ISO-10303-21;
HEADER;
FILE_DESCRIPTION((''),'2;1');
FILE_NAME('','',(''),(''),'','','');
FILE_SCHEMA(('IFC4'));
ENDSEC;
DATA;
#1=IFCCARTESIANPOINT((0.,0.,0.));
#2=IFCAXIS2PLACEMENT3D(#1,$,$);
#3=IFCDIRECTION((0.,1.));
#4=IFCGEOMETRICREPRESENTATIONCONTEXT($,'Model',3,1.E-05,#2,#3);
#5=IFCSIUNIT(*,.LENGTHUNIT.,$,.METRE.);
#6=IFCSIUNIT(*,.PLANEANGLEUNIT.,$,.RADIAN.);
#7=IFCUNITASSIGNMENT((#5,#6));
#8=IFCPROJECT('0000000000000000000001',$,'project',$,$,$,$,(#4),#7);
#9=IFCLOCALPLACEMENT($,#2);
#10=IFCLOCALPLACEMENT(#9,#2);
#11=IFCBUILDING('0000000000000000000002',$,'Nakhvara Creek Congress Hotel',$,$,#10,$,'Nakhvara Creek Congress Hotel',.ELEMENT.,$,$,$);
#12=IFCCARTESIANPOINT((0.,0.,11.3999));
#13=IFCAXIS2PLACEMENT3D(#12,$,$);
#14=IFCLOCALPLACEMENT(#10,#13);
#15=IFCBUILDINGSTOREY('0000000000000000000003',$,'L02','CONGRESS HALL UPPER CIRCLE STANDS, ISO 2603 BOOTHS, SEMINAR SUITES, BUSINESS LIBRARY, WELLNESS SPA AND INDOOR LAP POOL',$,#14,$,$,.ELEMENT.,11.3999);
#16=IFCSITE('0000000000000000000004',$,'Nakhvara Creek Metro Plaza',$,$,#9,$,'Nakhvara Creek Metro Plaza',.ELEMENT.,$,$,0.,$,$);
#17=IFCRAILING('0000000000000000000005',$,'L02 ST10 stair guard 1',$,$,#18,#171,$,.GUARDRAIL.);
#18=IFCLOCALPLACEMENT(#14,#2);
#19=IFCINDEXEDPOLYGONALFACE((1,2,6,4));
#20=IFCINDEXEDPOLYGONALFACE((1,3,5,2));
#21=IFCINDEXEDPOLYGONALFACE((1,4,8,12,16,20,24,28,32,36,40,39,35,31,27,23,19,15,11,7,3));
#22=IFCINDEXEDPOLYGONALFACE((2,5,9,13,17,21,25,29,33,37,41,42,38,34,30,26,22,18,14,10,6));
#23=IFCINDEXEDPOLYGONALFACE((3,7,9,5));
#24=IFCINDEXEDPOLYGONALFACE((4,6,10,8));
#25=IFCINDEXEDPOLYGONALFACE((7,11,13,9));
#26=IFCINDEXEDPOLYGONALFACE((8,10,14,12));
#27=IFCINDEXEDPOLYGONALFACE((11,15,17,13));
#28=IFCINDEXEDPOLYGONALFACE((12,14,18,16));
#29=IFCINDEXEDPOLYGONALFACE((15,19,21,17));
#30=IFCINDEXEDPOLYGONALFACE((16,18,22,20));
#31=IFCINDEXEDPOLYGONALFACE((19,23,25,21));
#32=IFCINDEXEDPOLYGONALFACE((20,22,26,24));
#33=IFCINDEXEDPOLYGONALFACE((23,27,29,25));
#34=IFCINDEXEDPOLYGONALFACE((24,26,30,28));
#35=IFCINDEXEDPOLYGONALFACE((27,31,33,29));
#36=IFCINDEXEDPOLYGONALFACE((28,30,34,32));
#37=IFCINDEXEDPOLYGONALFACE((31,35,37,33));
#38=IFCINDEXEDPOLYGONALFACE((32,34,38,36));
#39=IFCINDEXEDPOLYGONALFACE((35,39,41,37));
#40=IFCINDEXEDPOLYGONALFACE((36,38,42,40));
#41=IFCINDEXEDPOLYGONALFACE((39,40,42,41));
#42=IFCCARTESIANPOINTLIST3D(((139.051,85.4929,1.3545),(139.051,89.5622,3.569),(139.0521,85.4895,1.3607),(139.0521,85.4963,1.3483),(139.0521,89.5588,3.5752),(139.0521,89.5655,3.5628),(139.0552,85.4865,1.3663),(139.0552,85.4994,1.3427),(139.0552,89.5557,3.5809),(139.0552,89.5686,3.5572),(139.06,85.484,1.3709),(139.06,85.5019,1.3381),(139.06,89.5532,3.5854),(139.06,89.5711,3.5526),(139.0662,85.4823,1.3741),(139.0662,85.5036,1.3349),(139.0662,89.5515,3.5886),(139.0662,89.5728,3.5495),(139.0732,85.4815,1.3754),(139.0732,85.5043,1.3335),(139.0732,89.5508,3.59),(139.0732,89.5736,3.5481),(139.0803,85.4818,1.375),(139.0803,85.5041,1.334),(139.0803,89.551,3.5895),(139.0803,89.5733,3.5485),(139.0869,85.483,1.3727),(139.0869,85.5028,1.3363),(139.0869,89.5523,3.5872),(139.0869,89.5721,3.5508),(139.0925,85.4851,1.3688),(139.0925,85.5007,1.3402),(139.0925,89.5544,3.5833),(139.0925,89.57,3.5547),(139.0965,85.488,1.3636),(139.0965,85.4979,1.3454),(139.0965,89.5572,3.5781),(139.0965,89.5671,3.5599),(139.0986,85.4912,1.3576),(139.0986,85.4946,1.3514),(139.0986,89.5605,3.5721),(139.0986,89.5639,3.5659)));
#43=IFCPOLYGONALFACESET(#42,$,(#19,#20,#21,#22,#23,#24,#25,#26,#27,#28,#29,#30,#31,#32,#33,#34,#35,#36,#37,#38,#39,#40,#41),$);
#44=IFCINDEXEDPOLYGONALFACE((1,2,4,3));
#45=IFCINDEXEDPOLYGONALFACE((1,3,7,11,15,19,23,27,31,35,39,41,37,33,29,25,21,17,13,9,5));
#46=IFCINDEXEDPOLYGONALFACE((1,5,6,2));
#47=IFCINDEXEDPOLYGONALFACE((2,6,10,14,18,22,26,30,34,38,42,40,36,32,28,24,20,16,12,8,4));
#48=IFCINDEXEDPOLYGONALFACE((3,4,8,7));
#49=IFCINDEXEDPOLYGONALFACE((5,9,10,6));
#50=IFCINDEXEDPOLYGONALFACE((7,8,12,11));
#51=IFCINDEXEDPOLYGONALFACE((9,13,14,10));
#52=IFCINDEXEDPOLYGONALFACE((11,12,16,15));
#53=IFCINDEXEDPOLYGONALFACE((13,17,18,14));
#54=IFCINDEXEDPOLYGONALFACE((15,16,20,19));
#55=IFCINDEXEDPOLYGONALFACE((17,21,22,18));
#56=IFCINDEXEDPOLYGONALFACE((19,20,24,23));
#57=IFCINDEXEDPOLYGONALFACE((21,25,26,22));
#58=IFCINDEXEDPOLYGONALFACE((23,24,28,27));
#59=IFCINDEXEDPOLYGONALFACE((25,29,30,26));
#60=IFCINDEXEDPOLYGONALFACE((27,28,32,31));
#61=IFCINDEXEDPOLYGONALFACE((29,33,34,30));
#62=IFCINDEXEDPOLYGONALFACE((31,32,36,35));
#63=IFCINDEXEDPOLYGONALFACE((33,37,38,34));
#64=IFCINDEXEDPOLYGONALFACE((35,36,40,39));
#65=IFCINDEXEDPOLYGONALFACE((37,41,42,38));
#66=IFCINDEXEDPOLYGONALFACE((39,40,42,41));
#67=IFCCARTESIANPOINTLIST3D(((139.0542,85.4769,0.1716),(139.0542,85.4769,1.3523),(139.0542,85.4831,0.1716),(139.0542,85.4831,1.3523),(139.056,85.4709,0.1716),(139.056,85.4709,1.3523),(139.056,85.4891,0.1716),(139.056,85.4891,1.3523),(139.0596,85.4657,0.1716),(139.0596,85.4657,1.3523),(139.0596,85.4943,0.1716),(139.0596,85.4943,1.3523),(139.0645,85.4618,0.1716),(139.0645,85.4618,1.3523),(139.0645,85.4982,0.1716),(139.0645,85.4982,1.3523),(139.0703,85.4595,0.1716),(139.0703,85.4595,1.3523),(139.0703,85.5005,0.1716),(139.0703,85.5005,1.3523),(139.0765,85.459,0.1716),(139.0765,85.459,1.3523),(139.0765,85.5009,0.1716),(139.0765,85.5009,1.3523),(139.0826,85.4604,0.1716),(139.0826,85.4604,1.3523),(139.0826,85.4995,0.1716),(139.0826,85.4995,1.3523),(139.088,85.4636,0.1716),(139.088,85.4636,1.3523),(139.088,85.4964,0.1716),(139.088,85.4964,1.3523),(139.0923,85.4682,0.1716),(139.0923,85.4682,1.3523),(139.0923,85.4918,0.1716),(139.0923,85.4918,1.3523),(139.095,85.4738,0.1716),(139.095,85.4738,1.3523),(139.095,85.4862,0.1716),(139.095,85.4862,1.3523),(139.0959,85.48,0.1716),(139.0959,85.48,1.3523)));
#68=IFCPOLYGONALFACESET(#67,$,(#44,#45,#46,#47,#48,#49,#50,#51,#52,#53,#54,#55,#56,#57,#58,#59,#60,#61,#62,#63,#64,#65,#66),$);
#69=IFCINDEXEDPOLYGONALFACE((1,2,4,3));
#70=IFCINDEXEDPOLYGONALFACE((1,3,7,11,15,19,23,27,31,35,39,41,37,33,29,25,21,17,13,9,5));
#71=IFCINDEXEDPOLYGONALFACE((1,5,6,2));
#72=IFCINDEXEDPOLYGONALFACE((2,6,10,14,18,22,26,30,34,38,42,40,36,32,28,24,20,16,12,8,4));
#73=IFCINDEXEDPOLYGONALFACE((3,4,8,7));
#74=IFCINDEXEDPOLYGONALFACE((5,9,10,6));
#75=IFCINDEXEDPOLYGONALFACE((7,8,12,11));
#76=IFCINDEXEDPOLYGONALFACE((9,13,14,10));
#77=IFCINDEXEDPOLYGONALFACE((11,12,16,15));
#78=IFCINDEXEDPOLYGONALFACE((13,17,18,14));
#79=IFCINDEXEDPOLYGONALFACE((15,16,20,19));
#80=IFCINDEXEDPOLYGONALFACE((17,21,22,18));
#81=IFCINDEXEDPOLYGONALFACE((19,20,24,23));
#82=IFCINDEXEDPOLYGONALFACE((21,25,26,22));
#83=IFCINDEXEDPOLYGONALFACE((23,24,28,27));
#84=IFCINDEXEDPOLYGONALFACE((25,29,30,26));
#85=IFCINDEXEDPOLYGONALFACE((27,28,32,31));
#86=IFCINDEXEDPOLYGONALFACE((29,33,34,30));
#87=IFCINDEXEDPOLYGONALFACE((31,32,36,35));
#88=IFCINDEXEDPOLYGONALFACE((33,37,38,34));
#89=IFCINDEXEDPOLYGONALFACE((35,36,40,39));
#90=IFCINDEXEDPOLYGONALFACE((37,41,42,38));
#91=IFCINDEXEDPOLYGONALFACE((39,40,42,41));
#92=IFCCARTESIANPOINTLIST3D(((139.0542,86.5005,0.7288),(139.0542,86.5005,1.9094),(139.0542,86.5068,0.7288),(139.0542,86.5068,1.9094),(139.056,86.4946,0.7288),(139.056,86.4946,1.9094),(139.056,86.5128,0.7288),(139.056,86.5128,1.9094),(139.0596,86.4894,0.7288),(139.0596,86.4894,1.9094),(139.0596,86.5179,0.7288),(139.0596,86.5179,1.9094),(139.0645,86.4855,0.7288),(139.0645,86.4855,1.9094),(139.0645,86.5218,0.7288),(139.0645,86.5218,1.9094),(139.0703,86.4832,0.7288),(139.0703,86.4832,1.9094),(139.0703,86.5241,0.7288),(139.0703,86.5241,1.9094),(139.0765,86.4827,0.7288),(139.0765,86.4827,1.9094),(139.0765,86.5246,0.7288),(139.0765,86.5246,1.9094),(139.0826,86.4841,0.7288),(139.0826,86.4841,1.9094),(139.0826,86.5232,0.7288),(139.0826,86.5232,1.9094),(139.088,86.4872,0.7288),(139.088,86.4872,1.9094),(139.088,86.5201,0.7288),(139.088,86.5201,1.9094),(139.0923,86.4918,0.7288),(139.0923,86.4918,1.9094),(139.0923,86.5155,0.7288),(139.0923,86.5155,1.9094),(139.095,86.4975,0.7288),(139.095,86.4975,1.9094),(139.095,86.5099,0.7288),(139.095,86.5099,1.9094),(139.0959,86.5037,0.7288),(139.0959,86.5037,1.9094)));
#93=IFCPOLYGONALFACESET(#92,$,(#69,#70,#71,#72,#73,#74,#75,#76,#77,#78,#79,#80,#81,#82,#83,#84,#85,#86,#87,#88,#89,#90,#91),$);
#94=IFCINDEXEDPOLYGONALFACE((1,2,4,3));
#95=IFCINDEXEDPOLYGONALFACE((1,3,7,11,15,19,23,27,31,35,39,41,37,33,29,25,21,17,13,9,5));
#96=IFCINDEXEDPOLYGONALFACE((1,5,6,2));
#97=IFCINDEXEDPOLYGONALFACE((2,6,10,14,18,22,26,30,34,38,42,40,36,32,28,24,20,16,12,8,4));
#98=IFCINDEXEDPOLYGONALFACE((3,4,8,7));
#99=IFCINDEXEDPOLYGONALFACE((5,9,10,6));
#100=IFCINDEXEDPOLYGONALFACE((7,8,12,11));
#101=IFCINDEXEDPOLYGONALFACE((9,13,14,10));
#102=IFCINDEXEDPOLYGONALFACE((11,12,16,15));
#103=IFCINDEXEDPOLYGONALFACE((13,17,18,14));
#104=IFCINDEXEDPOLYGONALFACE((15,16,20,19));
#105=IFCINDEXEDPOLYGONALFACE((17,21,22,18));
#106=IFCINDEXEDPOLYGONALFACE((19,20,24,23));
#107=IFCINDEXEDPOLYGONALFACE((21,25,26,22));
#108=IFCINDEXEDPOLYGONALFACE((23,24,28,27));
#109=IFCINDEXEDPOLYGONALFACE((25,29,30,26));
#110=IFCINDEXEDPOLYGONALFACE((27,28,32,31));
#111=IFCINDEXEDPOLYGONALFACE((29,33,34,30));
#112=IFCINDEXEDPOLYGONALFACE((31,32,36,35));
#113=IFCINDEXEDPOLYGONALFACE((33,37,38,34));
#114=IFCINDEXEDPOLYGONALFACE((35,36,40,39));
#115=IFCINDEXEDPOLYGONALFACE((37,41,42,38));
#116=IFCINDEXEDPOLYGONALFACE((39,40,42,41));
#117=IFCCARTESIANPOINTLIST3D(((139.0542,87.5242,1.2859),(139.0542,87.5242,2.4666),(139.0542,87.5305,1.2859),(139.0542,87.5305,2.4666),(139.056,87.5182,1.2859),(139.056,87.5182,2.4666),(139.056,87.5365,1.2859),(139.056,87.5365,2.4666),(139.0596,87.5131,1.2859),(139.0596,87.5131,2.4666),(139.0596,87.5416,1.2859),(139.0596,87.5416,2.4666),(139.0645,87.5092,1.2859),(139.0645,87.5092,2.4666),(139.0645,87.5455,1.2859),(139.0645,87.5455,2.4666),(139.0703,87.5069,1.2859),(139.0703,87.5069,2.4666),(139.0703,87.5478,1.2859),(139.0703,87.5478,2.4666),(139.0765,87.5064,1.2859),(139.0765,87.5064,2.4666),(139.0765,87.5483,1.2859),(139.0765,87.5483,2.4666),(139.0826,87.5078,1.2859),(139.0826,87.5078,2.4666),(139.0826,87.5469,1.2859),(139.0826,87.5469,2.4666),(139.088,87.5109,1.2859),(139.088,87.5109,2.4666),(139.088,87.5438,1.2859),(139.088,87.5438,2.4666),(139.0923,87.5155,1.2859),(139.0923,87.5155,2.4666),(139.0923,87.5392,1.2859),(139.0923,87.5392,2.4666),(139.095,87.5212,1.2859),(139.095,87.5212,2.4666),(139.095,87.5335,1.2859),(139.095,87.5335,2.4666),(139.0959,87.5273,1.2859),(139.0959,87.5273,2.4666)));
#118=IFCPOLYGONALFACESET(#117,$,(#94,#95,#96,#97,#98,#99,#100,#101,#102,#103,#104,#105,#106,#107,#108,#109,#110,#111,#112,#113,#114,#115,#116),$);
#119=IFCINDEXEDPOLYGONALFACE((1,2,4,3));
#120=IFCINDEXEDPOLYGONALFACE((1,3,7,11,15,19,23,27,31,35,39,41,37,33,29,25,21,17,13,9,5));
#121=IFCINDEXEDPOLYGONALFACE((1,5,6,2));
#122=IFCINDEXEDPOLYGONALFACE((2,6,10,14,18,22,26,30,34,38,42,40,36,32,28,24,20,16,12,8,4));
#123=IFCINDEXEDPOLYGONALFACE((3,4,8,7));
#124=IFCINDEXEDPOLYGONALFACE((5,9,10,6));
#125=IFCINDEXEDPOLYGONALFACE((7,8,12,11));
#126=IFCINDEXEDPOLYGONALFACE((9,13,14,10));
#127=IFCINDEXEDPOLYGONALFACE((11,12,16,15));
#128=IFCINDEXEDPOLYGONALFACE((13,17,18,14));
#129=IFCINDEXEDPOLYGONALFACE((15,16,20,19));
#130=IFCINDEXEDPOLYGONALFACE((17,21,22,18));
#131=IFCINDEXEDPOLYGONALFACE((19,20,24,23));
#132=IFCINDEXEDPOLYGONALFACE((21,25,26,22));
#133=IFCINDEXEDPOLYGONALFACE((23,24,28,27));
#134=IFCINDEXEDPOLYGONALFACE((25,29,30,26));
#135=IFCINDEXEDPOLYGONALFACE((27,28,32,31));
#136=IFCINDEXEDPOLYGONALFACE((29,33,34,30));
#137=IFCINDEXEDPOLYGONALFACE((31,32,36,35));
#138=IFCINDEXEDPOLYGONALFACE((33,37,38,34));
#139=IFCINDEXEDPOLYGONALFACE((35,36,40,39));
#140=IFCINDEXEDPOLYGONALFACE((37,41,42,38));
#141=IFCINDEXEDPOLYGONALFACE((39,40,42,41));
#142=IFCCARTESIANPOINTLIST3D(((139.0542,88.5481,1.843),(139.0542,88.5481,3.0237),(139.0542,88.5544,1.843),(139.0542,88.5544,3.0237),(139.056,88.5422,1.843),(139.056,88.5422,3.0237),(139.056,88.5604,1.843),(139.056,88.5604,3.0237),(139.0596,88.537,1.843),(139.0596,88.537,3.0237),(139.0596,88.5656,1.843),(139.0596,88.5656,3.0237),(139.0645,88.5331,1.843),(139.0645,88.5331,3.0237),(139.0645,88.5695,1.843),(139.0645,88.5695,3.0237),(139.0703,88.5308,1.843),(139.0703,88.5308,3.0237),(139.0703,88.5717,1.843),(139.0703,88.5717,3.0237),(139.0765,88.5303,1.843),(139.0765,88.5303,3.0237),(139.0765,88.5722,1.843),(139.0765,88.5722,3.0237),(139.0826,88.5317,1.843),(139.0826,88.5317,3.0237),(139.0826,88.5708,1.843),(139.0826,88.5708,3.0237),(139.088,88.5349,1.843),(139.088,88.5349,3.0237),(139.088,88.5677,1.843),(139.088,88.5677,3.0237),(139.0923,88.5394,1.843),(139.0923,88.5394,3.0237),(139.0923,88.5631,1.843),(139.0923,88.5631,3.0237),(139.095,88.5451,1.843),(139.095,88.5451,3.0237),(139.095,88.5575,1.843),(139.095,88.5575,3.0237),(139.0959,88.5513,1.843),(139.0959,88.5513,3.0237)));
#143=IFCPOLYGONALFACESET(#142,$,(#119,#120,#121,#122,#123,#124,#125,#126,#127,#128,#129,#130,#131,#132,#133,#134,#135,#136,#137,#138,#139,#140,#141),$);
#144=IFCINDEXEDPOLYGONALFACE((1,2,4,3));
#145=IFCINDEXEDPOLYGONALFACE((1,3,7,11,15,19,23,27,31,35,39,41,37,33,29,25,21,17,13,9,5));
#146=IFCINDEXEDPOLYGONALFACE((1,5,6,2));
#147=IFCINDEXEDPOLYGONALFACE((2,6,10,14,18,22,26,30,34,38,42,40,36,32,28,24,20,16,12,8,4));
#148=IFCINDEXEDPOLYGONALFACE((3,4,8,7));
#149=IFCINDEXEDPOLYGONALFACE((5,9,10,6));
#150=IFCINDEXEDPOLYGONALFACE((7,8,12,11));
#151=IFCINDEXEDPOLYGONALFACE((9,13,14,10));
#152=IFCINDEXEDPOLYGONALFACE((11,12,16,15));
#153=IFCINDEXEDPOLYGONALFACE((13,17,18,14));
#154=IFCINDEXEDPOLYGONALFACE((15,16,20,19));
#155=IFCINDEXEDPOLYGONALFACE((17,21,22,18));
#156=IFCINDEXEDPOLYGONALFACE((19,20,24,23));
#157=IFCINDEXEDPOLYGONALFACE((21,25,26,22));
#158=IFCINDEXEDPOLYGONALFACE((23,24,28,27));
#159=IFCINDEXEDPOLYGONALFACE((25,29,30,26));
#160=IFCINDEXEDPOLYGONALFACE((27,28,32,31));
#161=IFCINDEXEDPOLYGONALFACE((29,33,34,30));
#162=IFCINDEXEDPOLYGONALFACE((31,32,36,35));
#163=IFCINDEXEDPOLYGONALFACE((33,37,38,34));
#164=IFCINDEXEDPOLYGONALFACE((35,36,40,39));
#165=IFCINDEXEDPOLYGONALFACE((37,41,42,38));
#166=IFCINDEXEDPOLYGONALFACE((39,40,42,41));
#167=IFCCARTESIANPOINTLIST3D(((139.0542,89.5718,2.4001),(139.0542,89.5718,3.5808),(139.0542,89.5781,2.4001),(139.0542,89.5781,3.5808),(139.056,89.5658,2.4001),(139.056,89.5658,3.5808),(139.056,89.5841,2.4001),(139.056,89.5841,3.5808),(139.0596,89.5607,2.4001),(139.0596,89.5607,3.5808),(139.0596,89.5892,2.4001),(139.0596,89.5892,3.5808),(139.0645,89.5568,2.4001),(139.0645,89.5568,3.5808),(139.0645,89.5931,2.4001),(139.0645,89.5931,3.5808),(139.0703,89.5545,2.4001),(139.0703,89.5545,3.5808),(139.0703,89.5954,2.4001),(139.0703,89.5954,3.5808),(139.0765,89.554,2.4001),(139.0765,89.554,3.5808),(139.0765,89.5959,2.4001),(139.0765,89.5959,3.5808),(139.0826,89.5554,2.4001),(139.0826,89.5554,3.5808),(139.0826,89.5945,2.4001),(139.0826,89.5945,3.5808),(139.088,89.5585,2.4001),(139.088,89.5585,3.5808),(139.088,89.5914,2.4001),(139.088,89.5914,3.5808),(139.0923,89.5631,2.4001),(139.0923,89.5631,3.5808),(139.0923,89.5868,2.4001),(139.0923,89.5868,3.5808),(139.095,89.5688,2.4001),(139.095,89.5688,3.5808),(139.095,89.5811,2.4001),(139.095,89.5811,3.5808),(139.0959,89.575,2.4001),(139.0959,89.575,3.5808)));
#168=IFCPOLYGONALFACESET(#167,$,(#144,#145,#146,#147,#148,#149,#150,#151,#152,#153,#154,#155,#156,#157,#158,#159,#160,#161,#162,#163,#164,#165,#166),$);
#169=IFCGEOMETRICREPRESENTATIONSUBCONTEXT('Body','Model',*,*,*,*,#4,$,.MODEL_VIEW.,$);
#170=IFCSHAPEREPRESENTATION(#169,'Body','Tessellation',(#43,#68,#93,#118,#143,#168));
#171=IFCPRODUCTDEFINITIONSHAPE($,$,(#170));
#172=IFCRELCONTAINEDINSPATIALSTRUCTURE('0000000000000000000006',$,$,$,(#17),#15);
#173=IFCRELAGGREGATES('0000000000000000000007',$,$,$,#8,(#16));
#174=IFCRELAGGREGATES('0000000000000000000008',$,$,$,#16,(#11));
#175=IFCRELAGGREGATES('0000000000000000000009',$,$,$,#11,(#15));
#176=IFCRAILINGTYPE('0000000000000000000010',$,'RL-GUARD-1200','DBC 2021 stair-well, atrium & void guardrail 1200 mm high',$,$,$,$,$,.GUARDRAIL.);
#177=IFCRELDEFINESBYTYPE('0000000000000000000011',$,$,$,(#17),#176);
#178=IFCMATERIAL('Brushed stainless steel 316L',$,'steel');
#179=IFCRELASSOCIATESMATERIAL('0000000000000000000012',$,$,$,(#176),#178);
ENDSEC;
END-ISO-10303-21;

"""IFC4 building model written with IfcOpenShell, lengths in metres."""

from ifc_helpers import new_model, si_unit, direction, frame, origin, origin_2d, place, context, subcontext, project, spatial, circle, extrude, material, type_object, element, save


model = new_model("IFC4")

# Units and contexts
model_context = context("Model", 3, precision=1e-05, world=origin(), true_north=direction((0.0, 1.0)))
body_context = subcontext(model_context, "Body", "Model", "MODEL_VIEW")
ifc_project = project(units=[si_unit("LENGTHUNIT", "METRE"), si_unit("PLANEANGLEUNIT", "RADIAN")], contexts=[model_context])

# Site, building, storey
site_placement = place(None, origin())
site = spatial("IfcSite", under=ifc_project, at=site_placement, Name="Nakhvara Creek Metro Plaza", LongName="Nakhvara Creek Metro Plaza", CompositionType="ELEMENT", RefElevation=0.0)
building_placement = place(site_placement, origin())
building = spatial("IfcBuilding", under=site, at=building_placement, Name="Nakhvara Creek Congress Hotel", LongName="Nakhvara Creek Congress Hotel", CompositionType="ELEMENT")
storey_placement = place(building_placement, frame((0.0, 0.0, 11.3999)))
storey = spatial("IfcBuildingStorey", under=building, at=storey_placement, Name="L02", Description="CONGRESS HALL UPPER CIRCLE STANDS, ISO 2603 BOOTHS, SEMINAR SUITES, BUSINESS LIBRARY, WELLNESS SPA AND INDOOR LAP POOL", CompositionType="ELEMENT", Elevation=11.3999)

# Railing
ifc_material_1 = material(Name="Brushed stainless steel 316L", Category="steel")
railing_type_1 = type_object("IfcRailingType", Name="RL-GUARD-1200", Description="DBC 2021 stair-well, atrium & void guardrail 1200 mm high", PredefinedType="GUARDRAIL", material=ifc_material_1)
railing_1_placement = place(storey_placement, frame((139.075, 85.48, 0.1716)))
element("IfcRailing", 1, at=railing_1_placement, inside=storey, type_object=railing_type_1, Name="L02 ST10 stair guard 1", PredefinedType="GUARDRAIL", context=body_context, shape_type="SweptSolid", body=[
    extrude(circle(Radius=0.0239, at=origin_2d()), frame((0.0, 0.0129, 1.1829), z_axis=(0.0, 0.878355, 0.478008), x_axis=(-1.0, 0.0, 0.0)), (0.0, 0.0, 1.0), 4.6328),
    extrude(circle(Radius=0.021, at=origin_2d()), origin(), (0.0, 0.0, 1.0), 1.1807),
    extrude(circle(Radius=0.021, at=origin_2d()), frame((0.0, 1.0237, 0.5571)), (0.0, 0.0, 1.0), 1.1807),
    extrude(circle(Radius=0.021, at=origin_2d()), frame((0.0, 2.0474, 1.1143)), (0.0, 0.0, 1.0), 1.1807),
    extrude(circle(Radius=0.021, at=origin_2d()), frame((0.0, 3.0713, 1.6714)), (0.0, 0.0, 1.0), 1.1807),
    extrude(circle(Radius=0.021, at=origin_2d()), frame((0.0, 4.095, 2.2285)), (0.0, 0.0, 1.0), 1.1807),
])

save(model, "model.ifc")
